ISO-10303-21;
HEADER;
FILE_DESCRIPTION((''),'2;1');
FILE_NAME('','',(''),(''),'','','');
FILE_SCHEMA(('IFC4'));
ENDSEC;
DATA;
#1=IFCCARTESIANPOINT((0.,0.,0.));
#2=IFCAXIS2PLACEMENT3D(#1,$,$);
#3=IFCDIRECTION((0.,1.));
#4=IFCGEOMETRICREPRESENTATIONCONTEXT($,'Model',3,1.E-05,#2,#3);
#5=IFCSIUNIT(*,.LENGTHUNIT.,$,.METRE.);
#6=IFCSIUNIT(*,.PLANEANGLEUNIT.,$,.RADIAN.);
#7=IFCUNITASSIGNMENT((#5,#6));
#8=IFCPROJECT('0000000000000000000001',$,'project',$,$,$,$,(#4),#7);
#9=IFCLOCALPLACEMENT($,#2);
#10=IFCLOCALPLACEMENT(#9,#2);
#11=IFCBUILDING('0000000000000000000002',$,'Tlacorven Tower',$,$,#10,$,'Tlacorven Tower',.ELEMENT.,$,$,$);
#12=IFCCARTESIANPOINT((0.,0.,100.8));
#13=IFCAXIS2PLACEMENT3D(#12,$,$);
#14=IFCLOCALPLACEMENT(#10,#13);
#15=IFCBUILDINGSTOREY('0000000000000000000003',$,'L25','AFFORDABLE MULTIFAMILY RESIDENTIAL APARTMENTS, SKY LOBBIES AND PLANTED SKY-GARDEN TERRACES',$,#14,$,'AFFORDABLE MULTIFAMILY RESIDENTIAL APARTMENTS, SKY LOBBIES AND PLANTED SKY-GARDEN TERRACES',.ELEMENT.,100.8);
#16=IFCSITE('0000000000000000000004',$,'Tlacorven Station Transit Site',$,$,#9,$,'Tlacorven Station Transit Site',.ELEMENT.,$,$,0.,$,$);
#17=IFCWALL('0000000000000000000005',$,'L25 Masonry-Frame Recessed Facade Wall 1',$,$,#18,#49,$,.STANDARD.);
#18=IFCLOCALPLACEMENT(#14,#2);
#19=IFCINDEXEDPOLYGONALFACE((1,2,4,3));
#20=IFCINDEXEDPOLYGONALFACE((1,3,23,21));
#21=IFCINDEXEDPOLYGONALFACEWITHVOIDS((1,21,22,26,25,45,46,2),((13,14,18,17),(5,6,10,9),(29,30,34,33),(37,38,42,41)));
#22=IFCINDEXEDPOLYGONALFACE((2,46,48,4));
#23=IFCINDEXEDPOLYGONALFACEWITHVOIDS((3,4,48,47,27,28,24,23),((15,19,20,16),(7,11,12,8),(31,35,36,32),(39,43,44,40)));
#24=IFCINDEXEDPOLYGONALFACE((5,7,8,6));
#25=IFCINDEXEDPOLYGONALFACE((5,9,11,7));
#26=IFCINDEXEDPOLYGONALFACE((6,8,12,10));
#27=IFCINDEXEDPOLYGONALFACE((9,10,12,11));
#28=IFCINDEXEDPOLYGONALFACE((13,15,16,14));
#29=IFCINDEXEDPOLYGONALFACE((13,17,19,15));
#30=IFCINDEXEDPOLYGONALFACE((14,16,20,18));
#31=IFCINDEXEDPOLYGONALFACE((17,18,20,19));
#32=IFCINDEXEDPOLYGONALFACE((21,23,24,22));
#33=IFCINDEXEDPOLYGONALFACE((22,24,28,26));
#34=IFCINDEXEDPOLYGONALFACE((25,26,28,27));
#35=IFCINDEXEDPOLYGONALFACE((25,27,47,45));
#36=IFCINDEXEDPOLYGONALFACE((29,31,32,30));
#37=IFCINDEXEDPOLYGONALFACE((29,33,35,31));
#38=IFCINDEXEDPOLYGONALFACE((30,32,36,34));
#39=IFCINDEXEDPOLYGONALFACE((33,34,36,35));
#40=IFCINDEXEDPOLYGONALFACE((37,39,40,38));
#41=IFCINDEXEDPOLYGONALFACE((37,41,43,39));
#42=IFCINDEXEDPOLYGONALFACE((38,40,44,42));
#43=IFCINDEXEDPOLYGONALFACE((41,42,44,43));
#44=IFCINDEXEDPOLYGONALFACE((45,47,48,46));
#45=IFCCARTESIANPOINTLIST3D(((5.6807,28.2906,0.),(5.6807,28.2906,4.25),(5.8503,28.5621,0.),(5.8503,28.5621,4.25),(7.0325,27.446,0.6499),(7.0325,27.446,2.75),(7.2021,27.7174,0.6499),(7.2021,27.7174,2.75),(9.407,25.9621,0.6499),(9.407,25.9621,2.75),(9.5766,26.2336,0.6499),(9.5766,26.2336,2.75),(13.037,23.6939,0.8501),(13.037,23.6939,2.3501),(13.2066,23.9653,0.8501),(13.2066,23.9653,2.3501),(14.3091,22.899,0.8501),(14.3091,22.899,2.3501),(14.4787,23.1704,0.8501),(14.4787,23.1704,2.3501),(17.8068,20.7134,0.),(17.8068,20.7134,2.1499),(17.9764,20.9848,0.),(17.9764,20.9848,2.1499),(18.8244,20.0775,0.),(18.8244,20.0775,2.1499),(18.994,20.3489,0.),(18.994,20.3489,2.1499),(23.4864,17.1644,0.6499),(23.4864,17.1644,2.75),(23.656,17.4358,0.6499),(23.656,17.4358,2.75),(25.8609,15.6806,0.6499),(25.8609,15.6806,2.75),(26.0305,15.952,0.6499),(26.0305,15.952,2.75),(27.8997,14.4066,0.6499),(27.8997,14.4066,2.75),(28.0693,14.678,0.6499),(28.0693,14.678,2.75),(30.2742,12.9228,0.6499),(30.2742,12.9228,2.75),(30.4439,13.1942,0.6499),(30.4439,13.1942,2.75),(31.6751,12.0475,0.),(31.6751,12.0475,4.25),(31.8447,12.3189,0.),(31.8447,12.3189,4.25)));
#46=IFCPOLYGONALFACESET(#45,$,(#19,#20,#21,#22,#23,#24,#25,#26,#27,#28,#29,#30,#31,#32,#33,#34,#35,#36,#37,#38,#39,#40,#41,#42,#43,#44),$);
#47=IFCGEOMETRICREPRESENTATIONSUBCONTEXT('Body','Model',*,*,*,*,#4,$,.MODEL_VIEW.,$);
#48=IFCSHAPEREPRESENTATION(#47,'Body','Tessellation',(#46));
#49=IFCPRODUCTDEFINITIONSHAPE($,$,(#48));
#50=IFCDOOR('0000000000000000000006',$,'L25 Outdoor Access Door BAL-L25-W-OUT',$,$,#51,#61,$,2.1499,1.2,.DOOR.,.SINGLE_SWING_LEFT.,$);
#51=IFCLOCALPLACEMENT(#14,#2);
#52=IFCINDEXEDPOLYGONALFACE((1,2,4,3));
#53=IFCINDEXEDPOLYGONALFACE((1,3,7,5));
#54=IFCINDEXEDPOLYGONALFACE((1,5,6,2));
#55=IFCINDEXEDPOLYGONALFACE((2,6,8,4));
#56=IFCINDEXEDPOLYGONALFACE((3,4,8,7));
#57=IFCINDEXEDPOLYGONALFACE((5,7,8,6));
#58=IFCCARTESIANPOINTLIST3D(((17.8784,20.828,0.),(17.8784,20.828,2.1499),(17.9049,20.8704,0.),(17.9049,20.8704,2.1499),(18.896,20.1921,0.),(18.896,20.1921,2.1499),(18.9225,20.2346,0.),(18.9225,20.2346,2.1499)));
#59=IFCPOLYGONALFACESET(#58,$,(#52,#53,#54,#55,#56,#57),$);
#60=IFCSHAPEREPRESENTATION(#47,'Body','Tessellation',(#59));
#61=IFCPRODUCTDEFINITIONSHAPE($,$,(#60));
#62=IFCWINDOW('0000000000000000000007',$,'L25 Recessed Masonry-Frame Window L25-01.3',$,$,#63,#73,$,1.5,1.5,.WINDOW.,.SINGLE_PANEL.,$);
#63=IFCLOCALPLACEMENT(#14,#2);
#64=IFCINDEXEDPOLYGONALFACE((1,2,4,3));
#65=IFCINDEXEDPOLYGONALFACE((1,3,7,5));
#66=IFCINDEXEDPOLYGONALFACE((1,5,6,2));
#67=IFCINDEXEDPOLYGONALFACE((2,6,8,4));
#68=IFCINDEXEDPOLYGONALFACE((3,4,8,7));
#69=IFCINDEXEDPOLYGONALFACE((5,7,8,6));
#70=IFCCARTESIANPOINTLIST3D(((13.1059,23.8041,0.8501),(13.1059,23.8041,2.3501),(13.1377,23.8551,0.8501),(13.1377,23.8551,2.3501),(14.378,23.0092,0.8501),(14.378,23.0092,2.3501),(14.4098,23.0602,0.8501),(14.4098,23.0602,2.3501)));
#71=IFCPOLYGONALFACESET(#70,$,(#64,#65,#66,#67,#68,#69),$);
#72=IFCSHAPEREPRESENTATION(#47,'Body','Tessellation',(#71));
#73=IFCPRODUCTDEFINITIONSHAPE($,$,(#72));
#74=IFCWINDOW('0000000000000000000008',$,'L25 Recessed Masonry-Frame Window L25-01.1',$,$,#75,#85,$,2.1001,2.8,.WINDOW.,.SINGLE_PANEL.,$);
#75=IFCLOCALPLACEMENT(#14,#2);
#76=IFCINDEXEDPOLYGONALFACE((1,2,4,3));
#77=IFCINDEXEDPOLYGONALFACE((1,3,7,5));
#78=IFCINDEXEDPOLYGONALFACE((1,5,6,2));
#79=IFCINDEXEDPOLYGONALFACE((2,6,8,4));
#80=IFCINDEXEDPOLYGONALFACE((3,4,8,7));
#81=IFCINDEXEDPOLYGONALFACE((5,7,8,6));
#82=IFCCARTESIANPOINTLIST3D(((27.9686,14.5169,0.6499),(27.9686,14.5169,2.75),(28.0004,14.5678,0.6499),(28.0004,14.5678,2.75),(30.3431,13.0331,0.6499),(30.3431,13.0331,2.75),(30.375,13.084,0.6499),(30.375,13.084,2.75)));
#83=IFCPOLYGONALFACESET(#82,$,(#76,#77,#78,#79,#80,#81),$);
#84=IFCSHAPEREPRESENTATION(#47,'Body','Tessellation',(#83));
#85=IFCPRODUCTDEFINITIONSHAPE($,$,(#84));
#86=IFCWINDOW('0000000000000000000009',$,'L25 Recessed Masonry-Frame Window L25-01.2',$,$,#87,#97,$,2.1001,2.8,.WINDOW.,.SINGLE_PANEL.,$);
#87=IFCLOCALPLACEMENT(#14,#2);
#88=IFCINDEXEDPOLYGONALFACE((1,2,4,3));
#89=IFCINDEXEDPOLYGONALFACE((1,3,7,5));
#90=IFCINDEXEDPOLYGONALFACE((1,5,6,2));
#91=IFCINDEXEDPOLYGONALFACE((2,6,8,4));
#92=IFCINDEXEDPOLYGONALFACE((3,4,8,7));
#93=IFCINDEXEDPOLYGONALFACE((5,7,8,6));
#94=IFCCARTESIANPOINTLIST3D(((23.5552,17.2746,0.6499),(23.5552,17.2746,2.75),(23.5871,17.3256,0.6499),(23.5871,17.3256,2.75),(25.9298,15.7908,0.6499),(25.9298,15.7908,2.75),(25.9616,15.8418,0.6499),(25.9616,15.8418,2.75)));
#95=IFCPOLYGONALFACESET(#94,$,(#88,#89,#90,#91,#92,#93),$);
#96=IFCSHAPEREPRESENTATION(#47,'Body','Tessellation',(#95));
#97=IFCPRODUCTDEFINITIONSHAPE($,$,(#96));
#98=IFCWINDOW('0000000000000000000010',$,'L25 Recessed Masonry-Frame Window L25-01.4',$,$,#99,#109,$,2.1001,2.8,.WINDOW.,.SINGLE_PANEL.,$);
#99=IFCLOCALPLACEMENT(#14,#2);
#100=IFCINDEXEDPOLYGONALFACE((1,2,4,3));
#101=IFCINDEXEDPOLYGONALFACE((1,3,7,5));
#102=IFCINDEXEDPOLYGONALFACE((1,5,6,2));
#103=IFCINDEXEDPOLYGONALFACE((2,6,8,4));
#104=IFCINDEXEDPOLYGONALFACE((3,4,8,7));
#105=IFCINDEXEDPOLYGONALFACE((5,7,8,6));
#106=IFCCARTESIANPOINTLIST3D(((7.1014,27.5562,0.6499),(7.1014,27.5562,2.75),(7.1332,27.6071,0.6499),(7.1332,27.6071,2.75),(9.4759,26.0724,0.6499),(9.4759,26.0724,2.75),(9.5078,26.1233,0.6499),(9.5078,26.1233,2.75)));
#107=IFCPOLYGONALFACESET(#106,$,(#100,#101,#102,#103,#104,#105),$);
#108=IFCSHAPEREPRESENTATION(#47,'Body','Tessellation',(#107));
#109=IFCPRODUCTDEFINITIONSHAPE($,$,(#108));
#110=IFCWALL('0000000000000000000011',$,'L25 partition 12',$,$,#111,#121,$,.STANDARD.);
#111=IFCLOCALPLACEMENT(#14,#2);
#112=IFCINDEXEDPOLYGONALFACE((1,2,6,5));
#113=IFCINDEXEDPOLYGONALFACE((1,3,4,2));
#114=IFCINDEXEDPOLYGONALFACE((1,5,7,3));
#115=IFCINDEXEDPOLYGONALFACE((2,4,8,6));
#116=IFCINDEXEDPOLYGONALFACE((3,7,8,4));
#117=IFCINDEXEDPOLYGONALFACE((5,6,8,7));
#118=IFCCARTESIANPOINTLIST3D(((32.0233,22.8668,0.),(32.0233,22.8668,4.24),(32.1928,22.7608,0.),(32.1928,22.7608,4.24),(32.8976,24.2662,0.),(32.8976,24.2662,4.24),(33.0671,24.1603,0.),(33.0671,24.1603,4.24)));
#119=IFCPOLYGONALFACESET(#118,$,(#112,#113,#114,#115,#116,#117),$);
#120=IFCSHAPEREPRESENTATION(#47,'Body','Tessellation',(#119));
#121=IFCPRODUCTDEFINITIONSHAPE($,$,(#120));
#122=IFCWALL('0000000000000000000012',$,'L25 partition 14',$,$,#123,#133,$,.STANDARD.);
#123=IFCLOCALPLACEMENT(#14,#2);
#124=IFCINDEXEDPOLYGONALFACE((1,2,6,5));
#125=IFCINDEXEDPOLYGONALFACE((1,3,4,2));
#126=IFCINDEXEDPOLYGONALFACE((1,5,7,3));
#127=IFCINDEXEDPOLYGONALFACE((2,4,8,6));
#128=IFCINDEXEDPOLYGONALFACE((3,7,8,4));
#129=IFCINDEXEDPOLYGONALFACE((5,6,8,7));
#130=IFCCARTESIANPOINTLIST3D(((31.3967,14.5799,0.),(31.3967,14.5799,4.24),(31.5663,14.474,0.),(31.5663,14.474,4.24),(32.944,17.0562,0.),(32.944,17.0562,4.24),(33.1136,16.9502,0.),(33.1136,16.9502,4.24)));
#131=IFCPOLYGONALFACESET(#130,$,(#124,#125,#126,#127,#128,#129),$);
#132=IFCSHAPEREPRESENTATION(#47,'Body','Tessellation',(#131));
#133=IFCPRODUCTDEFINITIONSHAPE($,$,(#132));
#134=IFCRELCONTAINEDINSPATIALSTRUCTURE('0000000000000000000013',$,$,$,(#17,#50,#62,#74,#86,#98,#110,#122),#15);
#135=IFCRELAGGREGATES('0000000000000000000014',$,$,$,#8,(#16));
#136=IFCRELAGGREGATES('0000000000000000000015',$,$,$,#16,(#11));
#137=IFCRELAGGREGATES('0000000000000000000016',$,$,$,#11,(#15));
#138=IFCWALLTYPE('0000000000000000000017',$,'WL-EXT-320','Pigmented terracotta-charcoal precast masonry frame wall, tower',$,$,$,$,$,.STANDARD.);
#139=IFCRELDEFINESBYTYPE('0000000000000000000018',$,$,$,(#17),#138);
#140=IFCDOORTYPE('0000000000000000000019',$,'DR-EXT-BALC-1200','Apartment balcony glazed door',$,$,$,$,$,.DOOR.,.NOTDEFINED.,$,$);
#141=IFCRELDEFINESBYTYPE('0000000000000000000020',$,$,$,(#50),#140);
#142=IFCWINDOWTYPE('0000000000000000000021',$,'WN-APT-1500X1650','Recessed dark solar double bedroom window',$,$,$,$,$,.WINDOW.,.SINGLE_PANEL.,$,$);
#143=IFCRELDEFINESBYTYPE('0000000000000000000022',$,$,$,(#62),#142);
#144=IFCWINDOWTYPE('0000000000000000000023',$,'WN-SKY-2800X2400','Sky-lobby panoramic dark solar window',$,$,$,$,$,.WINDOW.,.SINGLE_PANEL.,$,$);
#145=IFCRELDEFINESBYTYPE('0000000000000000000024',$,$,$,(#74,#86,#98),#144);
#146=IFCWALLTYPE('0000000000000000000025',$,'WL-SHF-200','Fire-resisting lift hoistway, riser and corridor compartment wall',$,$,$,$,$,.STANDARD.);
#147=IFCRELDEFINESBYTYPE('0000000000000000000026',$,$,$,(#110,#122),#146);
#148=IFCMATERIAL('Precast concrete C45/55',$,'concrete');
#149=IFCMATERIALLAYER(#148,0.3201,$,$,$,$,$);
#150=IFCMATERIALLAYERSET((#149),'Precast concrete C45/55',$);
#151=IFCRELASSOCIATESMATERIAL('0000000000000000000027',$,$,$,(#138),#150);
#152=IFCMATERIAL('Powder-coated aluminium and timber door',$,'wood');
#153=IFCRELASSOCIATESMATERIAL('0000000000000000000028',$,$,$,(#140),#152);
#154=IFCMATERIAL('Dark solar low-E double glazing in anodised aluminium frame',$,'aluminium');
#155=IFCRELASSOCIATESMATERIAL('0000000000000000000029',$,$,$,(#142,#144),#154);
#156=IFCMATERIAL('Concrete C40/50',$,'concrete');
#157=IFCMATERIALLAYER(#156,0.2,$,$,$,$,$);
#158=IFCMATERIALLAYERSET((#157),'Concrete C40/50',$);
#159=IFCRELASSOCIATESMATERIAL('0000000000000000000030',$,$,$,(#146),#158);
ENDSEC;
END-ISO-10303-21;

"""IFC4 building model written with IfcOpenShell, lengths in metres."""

from ifc_helpers import new_model, si_unit, direction, frame, frame_2d, origin, place, context, subcontext, project, spatial, rectangle, extrude, source, transform, mapped, material, layer, layer_set, type_object, element, fill, save


model = new_model("IFC4")

# Units and contexts
model_context = context("Model", 3, precision=1e-05, world=origin(), true_north=direction((0.0, 1.0)))
body_context = subcontext(model_context, "Body", "Model", "MODEL_VIEW")
ifc_project = project(units=[si_unit("LENGTHUNIT", "METRE"), si_unit("PLANEANGLEUNIT", "RADIAN")], contexts=[model_context])

# Site, building, storey
site_placement = place(None, origin())
site = spatial("IfcSite", under=ifc_project, at=site_placement, Name="Tlacorven Station Transit Site", LongName="Tlacorven Station Transit Site", CompositionType="ELEMENT", RefElevation=0.0)
building_placement = place(site_placement, origin())
building = spatial("IfcBuilding", under=site, at=building_placement, Name="Tlacorven Tower", LongName="Tlacorven Tower", CompositionType="ELEMENT")
storey_placement = place(building_placement, frame((0.0, 0.0, 100.8)))
storey = spatial("IfcBuildingStorey", under=building, at=storey_placement, Name="L25", Description="AFFORDABLE MULTIFAMILY RESIDENTIAL APARTMENTS, SKY LOBBIES AND PLANTED SKY-GARDEN TERRACES", LongName="AFFORDABLE MULTIFAMILY RESIDENTIAL APARTMENTS, SKY LOBBIES AND PLANTED SKY-GARDEN TERRACES", CompositionType="ELEMENT", Elevation=100.8)

# Wall, openings, door, windows
ifc_material_1 = material(Name="Precast concrete C45/55", Category="concrete")
ifc_layer_1 = layer(ifc_material_1, 0.3201)
ifc_layer_set_1 = layer_set([ifc_layer_1], Name="Precast concrete C45/55")
wall_type_1 = type_object("IfcWallType", Name="WL-EXT-320", Description="Pigmented terracotta-charcoal precast masonry frame wall, tower", PredefinedType="STANDARD", material=ifc_layer_set_1)
wall_1_placement = place(storey_placement, frame((31.76, 12.1831, 0.0), z_axis=(0.0, 0.0, 1.0), x_axis=(-0.848047, 0.529921, 0.0)))
wall_1 = element("IfcWall", 1, at=wall_1_placement, inside=storey, type_object=wall_type_1, Name="L25 Masonry-Frame Recessed Facade Wall 1", PredefinedType="STANDARD", context=body_context, shape_type="SweptSolid", body=[
    extrude(rectangle(XDim=30.6521, YDim=0.3201, at=frame_2d((15.3262, 0.0))), origin(), (0.0, 0.0, 1.0), 4.25),
])
opening_1_placement = place(wall_1_placement, frame((15.1533, 0.0, 0.0)))
opening_1 = element("IfcOpeningElement", 2, at=opening_1_placement, cuts=wall_1, PredefinedType="OPENING", context=body_context, shape_type="SweptSolid", body=[
    extrude(rectangle(XDim=1.2, YDim=2.1499, at=frame_2d((0.6001, 1.075))), frame((0.0, 0.1699, 0.0), z_axis=(0.0, -1.0, 0.0), x_axis=(1.0, 0.0, 0.0)), (0.0, 0.0, 1.0), 0.3401),
])
opening_2_placement = place(wall_1_placement, frame((1.6521, 0.0, 0.6499)))
opening_2 = element("IfcOpeningElement", 3, at=opening_2_placement, cuts=wall_1, PredefinedType="OPENING", context=body_context, shape_type="SweptSolid", body=[
    extrude(rectangle(XDim=2.8, YDim=2.1001, at=frame_2d((1.3999, 1.05))), frame((0.0, 0.1699, 0.0), z_axis=(0.0, -1.0, 0.0), x_axis=(1.0, 0.0, 0.0)), (0.0, 0.0, 1.0), 0.3401),
])
opening_3_placement = place(wall_1_placement, frame((6.8562, 0.0, 0.6499)))
opening_3 = element("IfcOpeningElement", 4, at=opening_3_placement, cuts=wall_1, PredefinedType="OPENING", context=body_context, shape_type="SweptSolid", body=[
    extrude(rectangle(XDim=2.8, YDim=2.1001, at=frame_2d((1.3999, 1.05))), frame((0.0, 0.1699, 0.0), z_axis=(0.0, -1.0, 0.0), x_axis=(1.0, 0.0, 0.0)), (0.0, 0.0, 1.0), 0.3401),
])
opening_4_placement = place(wall_1_placement, frame((20.4778, 0.0, 0.8501)))
opening_4 = element("IfcOpeningElement", 5, at=opening_4_placement, cuts=wall_1, PredefinedType="OPENING", context=body_context, shape_type="SweptSolid", body=[
    extrude(rectangle(XDim=1.5, YDim=1.5, at=frame_2d((0.75, 0.75))), frame((0.0, 0.1699, 0.0), z_axis=(0.0, -1.0, 0.0), x_axis=(1.0, 0.0, 0.0)), (0.0, 0.0, 1.0), 0.3401),
])
opening_5_placement = place(wall_1_placement, frame((26.2583, 0.0, 0.6499)))
opening_5 = element("IfcOpeningElement", 6, at=opening_5_placement, cuts=wall_1, PredefinedType="OPENING", context=body_context, shape_type="SweptSolid", body=[
    extrude(rectangle(XDim=2.8, YDim=2.1001, at=frame_2d((1.3999, 1.05))), frame((0.0, 0.1699, 0.0), z_axis=(0.0, -1.0, 0.0), x_axis=(1.0, 0.0, 0.0)), (0.0, 0.0, 1.0), 0.3401),
])
ifc_material_2 = material(Name="Powder-coated aluminium and timber door", Category="wood")
door_type_1 = type_object("IfcDoorType", Name="DR-EXT-BALC-1200", Description="Apartment balcony glazed door", OperationType="NOTDEFINED", PredefinedType="DOOR", material=ifc_material_2)
shared_shape_1 = source(origin(), body_context, "Body", "SweptSolid", [
    extrude(rectangle(XDim=1.2, YDim=2.1499, at=frame_2d((0.6001, 1.075))), frame((0.0, 0.0249, 0.0), z_axis=(0.0, -1.0, 0.0), x_axis=(1.0, 0.0, 0.0)), (0.0, 0.0, 1.0), 0.05),
])
door_1_placement = place(opening_1_placement, origin())
door_1 = element("IfcDoor", 7, at=door_1_placement, inside=storey, type_object=door_type_1, Name="L25 Outdoor Access Door BAL-L25-W-OUT", OperationType="SINGLE_SWING_LEFT", OverallHeight=2.1499, OverallWidth=1.2, PredefinedType="DOOR", context=body_context, shape_type="MappedRepresentation", body=[
    mapped(shared_shape_1, transform((0.0, 0.0, 0.0), scale=1.0)),
])
fill(opening_1, door_1)
ifc_material_3 = material(Name="Dark solar low-E double glazing in anodised aluminium frame", Category="aluminium")
window_type_1 = type_object("IfcWindowType", Name="WN-APT-1500X1650", Description="Recessed dark solar double bedroom window", PartitioningType="SINGLE_PANEL", PredefinedType="WINDOW", material=ifc_material_3)
shared_shape_2 = source(origin(), body_context, "Body", "SweptSolid", [
    extrude(rectangle(XDim=1.5, YDim=1.5, at=frame_2d((0.75, 0.75))), frame((0.0, 0.03, 0.0), z_axis=(0.0, -1.0, 0.0), x_axis=(1.0, 0.0, 0.0)), (0.0, 0.0, 1.0), 0.0601),
])
window_1_placement = place(opening_4_placement, origin())
window_1 = element("IfcWindow", 8, at=window_1_placement, inside=storey, type_object=window_type_1, Name="L25 Recessed Masonry-Frame Window L25-01.3", OverallHeight=1.5, OverallWidth=1.5, PartitioningType="SINGLE_PANEL", PredefinedType="WINDOW", context=body_context, shape_type="MappedRepresentation", body=[
    mapped(shared_shape_2, transform((0.0, 0.0, 0.0), scale=1.0)),
])
fill(opening_4, window_1)
window_type_2 = type_object("IfcWindowType", Name="WN-SKY-2800X2400", Description="Sky-lobby panoramic dark solar window", PartitioningType="SINGLE_PANEL", PredefinedType="WINDOW", material=ifc_material_3)
shared_shape_3 = source(origin(), body_context, "Body", "SweptSolid", [
    extrude(rectangle(XDim=2.8, YDim=2.1001, at=frame_2d((1.3999, 1.05))), frame((0.0, 0.03, 0.0), z_axis=(0.0, -1.0, 0.0), x_axis=(1.0, 0.0, 0.0)), (0.0, 0.0, 1.0), 0.0601),
])
window_2_placement = place(opening_2_placement, origin())
window_2 = element("IfcWindow", 9, at=window_2_placement, inside=storey, type_object=window_type_2, Name="L25 Recessed Masonry-Frame Window L25-01.1", OverallHeight=2.1001, OverallWidth=2.8, PartitioningType="SINGLE_PANEL", PredefinedType="WINDOW", context=body_context, shape_type="MappedRepresentation", body=[
    mapped(shared_shape_3, transform((0.0, 0.0, 0.0), scale=1.0)),
])
fill(opening_2, window_2)
window_3_placement = place(opening_3_placement, origin())
window_3 = element("IfcWindow", 10, at=window_3_placement, inside=storey, type_object=window_type_2, Name="L25 Recessed Masonry-Frame Window L25-01.2", OverallHeight=2.1001, OverallWidth=2.8, PartitioningType="SINGLE_PANEL", PredefinedType="WINDOW", context=body_context, shape_type="MappedRepresentation", body=[
    mapped(shared_shape_3, transform((0.0, 0.0, 0.0), scale=1.0)),
])
fill(opening_3, window_3)
window_4_placement = place(opening_5_placement, origin())
window_4 = element("IfcWindow", 11, at=window_4_placement, inside=storey, type_object=window_type_2, Name="L25 Recessed Masonry-Frame Window L25-01.4", OverallHeight=2.1001, OverallWidth=2.8, PartitioningType="SINGLE_PANEL", PredefinedType="WINDOW", context=body_context, shape_type="MappedRepresentation", body=[
    mapped(shared_shape_3, transform((0.0, 0.0, 0.0), scale=1.0)),
])
fill(opening_5, window_4)

# Shared definitions
ifc_material_4 = material(Name="Concrete C40/50", Category="concrete")
ifc_layer_2 = layer(ifc_material_4, 0.2)
ifc_layer_set_2 = layer_set([ifc_layer_2], Name="Concrete C40/50")
wall_type_2 = type_object("IfcWallType", Name="WL-SHF-200", Description="Fire-resisting lift hoistway, riser and corridor compartment wall", PredefinedType="STANDARD", material=ifc_layer_set_2)

# Walls
wall_2_placement = place(storey_placement, frame((32.9824, 24.2134, 0.0), z_axis=(0.0, 0.0, 1.0), x_axis=(-0.529839, -0.848098, 0.0)))
element("IfcWall", 12, at=wall_2_placement, inside=storey, type_object=wall_type_2, Name="L25 partition 12", PredefinedType="STANDARD", context=body_context, shape_type="SweptSolid", body=[
    extrude(rectangle(XDim=1.6501, YDim=0.2, at=frame_2d((0.8252, 0.0))), origin(), (0.0, 0.0, 1.0), 4.24),
])
wall_3_placement = place(storey_placement, frame((33.0288, 17.0032, 0.0), z_axis=(0.0, 0.0, 1.0), x_axis=(-0.529916, -0.84805, 0.0)))
element("IfcWall", 13, at=wall_3_placement, inside=storey, type_object=wall_type_2, Name="L25 partition 14", PredefinedType="STANDARD", context=body_context, shape_type="SweptSolid", body=[
    extrude(rectangle(XDim=2.9199, YDim=0.2, at=frame_2d((1.46, 0.0))), origin(), (0.0, 0.0, 1.0), 4.24),
])

save(model, "model.ifc")
